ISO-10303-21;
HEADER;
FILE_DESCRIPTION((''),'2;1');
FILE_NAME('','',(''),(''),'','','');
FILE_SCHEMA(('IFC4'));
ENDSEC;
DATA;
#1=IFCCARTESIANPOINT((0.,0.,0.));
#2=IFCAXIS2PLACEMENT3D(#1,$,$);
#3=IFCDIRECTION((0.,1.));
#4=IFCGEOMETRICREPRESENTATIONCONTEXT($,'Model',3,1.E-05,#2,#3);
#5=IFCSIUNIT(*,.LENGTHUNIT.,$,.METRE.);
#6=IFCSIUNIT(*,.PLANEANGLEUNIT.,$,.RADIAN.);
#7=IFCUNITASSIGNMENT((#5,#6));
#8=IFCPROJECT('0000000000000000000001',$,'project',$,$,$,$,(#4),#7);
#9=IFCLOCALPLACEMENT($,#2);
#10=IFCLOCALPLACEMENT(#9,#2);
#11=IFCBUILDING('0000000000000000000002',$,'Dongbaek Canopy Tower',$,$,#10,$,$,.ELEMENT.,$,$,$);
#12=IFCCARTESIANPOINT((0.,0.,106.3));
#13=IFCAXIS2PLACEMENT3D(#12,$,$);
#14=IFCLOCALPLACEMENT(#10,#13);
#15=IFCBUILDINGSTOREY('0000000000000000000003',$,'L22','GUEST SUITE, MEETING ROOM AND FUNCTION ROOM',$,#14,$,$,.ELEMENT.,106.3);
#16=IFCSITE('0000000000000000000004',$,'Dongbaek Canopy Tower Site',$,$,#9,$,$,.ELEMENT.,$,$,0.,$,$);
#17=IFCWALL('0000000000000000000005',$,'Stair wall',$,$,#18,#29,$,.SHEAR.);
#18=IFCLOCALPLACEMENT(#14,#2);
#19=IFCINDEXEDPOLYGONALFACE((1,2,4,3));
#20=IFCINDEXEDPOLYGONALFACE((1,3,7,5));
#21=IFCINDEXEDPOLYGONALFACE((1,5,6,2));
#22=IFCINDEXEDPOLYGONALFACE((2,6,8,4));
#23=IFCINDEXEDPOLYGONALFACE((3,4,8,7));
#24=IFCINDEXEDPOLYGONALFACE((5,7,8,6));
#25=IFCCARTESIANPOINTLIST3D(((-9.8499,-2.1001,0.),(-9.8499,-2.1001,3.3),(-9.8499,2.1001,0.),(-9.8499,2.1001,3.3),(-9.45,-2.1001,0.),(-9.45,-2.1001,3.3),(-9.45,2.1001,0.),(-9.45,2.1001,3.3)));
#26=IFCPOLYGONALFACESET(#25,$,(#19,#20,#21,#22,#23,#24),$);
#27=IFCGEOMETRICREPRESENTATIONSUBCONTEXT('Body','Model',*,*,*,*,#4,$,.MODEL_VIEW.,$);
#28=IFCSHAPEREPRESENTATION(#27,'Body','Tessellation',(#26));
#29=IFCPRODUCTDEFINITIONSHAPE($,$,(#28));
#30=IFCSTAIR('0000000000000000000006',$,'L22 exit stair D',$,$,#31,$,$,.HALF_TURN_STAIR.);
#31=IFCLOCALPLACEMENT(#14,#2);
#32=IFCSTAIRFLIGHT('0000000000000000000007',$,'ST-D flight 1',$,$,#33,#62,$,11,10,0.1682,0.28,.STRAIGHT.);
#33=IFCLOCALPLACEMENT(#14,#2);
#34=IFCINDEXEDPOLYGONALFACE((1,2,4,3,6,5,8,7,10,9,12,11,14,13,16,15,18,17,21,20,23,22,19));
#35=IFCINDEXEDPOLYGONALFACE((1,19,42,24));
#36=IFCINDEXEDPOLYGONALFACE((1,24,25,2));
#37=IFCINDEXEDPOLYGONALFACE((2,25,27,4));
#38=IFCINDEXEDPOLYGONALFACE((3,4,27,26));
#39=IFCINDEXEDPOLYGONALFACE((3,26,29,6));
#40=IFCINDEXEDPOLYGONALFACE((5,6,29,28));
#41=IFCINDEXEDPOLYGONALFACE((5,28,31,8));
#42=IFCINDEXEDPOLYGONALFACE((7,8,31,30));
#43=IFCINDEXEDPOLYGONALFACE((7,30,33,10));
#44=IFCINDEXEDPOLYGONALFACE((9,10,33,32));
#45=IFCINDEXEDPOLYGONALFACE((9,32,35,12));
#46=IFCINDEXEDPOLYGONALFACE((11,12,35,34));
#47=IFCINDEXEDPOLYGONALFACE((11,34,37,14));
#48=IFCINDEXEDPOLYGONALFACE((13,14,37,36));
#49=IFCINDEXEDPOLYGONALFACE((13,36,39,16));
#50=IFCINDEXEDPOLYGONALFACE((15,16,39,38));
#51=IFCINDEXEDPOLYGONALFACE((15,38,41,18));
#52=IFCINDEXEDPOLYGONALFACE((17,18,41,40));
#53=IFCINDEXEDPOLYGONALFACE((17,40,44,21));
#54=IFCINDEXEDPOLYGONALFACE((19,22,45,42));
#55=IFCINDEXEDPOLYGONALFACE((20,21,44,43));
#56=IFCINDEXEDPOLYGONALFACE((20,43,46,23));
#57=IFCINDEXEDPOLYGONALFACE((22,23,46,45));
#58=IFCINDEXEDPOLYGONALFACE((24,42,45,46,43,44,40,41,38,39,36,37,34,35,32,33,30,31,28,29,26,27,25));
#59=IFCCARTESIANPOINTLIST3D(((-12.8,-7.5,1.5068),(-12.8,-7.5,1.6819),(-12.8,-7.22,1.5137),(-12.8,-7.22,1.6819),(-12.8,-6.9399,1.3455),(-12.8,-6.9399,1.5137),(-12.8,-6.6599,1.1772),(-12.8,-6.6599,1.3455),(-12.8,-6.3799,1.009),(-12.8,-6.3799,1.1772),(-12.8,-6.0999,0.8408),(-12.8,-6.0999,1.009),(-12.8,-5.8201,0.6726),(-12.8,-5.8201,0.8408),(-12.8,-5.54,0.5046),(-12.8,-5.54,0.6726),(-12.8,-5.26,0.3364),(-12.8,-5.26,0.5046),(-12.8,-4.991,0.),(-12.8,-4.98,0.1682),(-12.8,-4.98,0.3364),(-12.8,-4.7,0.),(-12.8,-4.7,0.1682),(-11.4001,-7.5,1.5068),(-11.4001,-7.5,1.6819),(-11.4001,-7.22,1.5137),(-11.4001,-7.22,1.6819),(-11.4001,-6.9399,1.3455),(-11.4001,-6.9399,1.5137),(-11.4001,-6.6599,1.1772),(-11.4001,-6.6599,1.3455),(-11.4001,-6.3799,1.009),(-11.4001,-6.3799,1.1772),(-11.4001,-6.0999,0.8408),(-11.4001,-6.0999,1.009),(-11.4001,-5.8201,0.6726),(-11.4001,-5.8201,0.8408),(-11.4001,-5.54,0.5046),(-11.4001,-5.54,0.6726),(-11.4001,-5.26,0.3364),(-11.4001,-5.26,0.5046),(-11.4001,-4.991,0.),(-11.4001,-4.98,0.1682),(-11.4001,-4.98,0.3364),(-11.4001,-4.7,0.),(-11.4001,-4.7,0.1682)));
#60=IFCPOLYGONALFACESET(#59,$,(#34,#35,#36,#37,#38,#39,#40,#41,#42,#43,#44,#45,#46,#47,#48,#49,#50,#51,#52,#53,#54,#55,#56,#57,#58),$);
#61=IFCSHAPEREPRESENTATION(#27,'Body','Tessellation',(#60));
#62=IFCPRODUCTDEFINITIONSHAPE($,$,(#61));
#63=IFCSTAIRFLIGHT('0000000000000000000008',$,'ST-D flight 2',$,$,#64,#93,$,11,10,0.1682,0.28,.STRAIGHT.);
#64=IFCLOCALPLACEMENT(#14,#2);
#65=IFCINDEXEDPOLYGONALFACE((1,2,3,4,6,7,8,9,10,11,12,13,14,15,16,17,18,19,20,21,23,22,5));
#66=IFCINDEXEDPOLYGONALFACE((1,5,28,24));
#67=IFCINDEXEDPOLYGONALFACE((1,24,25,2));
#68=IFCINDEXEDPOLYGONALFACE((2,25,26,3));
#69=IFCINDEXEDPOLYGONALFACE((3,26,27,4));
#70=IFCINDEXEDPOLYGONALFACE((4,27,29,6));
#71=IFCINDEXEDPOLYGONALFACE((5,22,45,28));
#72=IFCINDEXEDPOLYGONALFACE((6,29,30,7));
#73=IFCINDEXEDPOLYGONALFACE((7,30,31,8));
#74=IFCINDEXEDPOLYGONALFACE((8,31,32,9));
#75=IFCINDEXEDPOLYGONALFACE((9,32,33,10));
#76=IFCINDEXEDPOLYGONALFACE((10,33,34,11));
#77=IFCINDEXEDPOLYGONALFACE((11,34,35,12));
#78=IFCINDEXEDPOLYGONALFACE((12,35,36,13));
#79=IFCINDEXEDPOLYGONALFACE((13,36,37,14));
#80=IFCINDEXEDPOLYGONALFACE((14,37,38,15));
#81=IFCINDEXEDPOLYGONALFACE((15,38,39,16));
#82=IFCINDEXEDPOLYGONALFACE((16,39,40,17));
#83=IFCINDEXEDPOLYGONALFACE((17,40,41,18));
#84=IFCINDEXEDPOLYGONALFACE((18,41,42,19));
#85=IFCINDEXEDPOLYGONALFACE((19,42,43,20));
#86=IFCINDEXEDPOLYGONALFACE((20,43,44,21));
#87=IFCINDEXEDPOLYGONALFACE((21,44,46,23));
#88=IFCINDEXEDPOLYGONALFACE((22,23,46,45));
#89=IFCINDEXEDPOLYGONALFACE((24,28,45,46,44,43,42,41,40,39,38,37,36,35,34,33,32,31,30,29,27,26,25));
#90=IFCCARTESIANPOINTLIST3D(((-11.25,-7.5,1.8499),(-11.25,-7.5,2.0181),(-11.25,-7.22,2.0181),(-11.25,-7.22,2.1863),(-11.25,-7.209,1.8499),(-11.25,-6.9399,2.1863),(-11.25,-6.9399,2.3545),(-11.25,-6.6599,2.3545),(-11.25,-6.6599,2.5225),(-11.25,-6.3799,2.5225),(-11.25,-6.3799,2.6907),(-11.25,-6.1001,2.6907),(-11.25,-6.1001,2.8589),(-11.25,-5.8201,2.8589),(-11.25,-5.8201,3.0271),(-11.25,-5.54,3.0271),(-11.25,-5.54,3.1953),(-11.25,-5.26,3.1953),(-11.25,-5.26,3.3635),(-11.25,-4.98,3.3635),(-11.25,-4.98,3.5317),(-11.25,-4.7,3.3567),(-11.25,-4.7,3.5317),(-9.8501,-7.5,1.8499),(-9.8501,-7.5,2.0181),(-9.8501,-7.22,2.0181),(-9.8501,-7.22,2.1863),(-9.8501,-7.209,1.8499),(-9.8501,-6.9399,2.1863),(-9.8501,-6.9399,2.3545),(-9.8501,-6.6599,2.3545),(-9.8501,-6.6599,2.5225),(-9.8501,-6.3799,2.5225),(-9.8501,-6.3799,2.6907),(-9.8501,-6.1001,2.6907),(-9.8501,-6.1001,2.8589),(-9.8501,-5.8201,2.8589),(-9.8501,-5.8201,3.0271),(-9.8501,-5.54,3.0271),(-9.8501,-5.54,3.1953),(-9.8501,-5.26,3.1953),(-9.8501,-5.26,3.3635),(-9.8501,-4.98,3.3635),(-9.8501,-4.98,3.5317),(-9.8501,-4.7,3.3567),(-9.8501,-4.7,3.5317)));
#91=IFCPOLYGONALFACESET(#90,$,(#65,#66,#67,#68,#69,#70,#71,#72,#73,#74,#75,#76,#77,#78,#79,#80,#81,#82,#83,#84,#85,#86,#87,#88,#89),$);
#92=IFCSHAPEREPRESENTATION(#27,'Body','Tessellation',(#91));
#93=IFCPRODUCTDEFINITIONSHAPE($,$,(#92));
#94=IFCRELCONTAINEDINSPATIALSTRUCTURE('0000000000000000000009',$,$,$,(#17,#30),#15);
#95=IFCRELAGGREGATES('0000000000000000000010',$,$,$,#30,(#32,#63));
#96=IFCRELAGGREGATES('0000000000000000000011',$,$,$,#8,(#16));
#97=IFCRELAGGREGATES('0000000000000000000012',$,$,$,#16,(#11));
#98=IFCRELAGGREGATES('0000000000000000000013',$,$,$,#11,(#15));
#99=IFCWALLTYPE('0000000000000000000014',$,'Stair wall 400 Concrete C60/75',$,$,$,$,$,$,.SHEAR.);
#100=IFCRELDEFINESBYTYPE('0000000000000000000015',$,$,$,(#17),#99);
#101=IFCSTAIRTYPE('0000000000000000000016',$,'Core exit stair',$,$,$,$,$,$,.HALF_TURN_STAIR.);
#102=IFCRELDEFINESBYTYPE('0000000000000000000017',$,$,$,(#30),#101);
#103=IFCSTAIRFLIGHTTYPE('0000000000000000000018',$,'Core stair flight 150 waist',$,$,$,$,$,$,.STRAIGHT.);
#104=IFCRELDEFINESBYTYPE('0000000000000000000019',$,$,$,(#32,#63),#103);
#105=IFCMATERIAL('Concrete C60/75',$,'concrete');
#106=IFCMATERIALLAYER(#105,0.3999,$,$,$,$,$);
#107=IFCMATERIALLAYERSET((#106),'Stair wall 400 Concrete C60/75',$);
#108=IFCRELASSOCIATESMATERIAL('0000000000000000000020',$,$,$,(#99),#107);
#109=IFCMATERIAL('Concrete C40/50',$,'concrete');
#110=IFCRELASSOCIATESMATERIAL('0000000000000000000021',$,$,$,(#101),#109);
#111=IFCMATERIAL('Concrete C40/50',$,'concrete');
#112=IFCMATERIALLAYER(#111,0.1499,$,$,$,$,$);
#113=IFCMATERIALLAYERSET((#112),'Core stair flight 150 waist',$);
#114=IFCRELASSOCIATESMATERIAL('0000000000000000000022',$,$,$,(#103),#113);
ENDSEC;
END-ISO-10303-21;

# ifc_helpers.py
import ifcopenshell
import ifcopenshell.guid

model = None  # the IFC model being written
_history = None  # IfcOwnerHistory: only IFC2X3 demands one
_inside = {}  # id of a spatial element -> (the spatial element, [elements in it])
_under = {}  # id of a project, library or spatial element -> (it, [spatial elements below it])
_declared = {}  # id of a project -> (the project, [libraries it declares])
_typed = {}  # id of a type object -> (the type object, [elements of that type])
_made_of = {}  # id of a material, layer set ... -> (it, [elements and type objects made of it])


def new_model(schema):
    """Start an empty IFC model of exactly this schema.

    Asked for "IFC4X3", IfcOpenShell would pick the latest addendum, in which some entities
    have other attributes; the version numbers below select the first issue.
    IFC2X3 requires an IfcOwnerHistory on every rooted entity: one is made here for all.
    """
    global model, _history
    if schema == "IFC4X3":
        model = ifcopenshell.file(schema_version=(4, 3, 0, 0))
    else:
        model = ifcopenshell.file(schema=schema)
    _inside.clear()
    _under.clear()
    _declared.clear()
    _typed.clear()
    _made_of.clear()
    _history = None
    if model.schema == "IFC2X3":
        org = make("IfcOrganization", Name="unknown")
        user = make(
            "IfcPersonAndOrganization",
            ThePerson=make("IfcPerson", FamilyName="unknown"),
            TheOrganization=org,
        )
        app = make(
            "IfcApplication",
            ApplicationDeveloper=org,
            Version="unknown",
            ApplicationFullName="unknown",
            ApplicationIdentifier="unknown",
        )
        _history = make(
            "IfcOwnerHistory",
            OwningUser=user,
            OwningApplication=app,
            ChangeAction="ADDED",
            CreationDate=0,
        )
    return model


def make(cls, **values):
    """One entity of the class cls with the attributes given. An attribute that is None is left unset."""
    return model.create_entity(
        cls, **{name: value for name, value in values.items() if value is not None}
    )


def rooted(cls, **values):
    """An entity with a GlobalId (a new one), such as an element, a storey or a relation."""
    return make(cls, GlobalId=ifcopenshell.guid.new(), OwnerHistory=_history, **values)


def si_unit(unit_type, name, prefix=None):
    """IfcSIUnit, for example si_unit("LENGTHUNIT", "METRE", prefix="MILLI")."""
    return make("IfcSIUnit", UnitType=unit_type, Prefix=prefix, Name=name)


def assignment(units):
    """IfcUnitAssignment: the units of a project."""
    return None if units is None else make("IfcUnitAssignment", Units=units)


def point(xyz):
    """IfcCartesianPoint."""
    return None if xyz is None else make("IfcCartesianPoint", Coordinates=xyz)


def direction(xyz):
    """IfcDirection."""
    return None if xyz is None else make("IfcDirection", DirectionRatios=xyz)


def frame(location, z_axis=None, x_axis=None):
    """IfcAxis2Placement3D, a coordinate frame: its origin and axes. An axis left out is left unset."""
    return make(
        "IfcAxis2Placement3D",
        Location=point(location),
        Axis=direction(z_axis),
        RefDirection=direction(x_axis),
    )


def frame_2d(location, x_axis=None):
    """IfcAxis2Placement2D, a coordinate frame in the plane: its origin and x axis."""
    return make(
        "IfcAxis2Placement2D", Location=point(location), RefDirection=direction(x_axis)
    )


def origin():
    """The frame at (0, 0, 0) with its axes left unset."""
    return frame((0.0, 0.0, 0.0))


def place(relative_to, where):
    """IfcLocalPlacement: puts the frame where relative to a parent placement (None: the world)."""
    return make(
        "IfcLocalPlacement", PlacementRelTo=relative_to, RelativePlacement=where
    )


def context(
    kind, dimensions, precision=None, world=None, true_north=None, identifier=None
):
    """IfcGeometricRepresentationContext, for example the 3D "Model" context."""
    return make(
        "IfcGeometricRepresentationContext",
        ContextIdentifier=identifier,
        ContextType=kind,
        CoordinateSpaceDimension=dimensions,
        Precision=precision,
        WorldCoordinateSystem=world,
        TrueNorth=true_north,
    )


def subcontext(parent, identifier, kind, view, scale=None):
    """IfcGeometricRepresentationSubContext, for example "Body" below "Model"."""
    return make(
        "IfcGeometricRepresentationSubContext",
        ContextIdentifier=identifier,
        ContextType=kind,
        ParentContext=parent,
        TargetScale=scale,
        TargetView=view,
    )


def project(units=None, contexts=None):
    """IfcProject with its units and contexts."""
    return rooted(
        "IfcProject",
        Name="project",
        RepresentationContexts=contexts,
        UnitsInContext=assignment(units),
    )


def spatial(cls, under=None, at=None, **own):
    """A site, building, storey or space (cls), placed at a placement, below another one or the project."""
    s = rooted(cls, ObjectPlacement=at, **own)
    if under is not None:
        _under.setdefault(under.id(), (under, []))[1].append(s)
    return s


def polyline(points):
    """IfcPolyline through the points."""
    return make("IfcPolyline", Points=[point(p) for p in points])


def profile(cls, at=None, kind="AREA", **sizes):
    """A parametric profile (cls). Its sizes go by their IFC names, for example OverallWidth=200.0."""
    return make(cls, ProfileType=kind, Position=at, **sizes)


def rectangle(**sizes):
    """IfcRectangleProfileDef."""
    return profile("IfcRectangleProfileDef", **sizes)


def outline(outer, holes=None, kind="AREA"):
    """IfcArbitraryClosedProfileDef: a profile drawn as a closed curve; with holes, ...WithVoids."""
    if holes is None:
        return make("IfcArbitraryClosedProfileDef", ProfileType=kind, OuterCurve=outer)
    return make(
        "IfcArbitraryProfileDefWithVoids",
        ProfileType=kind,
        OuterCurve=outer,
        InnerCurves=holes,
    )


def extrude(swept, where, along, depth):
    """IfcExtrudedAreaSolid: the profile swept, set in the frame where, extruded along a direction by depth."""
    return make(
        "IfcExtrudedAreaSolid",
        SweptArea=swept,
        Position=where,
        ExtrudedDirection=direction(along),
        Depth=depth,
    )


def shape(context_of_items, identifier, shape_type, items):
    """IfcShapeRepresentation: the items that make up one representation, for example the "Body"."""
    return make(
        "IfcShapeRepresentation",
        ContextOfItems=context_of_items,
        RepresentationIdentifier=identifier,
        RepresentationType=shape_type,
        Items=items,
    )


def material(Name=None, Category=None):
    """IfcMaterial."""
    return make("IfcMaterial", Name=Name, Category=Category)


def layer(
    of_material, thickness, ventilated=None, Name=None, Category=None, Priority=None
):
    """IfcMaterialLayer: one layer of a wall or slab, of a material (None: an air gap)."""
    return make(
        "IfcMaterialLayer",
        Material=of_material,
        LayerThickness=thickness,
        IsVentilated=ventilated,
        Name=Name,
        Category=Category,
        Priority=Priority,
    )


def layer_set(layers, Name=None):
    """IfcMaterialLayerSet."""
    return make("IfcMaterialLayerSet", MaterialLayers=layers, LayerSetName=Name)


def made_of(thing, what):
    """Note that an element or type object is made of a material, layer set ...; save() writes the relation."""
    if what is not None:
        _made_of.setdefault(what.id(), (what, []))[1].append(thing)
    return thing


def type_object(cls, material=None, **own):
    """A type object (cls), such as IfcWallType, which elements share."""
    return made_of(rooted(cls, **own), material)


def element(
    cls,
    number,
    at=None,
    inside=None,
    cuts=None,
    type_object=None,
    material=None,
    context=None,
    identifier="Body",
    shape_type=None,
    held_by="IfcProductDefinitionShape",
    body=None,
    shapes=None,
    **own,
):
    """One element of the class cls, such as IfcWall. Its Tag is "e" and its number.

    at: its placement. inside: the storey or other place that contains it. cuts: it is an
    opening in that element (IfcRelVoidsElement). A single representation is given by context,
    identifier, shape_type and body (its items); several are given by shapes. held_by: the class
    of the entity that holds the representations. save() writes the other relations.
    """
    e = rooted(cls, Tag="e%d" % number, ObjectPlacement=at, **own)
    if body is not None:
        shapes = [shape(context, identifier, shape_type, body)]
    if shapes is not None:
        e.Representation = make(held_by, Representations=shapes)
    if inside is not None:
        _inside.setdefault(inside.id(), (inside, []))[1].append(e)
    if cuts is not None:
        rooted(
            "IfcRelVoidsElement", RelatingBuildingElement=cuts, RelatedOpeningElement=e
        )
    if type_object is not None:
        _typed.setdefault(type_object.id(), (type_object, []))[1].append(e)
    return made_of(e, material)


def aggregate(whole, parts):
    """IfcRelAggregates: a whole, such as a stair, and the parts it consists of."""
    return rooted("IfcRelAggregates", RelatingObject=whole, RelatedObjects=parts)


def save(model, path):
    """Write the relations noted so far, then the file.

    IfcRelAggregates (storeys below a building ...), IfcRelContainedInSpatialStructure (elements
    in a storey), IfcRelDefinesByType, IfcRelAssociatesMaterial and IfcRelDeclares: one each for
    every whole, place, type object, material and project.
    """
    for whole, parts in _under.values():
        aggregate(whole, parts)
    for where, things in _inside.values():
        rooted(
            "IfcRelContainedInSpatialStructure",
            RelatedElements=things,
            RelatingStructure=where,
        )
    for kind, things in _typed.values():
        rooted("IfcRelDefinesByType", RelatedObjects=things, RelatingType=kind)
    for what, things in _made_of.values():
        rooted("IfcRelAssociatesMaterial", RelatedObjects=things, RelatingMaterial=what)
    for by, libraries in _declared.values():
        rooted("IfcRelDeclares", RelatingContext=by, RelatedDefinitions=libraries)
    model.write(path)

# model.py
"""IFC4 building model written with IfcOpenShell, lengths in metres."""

from ifc_helpers import new_model, si_unit, direction, frame, frame_2d, origin, place, context, subcontext, project, spatial, polyline, rectangle, outline, extrude, material, layer, layer_set, type_object, element, aggregate, save


model = new_model("IFC4")

# Units and contexts
model_context = context("Model", 3, precision=1e-05, world=origin(), true_north=direction((0.0, 1.0)))
body_context = subcontext(model_context, "Body", "Model", "MODEL_VIEW")
ifc_project = project(units=[si_unit("LENGTHUNIT", "METRE"), si_unit("PLANEANGLEUNIT", "RADIAN")], contexts=[model_context])

# Site, building, storey
site_placement = place(None, origin())
site = spatial("IfcSite", under=ifc_project, at=site_placement, Name="Dongbaek Canopy Tower Site", CompositionType="ELEMENT", RefElevation=0.0)
building_placement = place(site_placement, origin())
building = spatial("IfcBuilding", under=site, at=building_placement, Name="Dongbaek Canopy Tower", CompositionType="ELEMENT")
storey_placement = place(building_placement, frame((0.0, 0.0, 106.3)))
storey = spatial("IfcBuildingStorey", under=building, at=storey_placement, Name="L22", Description="GUEST SUITE, MEETING ROOM AND FUNCTION ROOM", CompositionType="ELEMENT", Elevation=106.3)

# Shared definitions
ifc_material_1 = material(Name="Concrete C60/75", Category="concrete")
ifc_layer_1 = layer(ifc_material_1, 0.3999)
ifc_layer_set_1 = layer_set([ifc_layer_1], Name="Stair wall 400 Concrete C60/75")
wall_type_1 = type_object("IfcWallType", Name="Stair wall 400 Concrete C60/75", PredefinedType="SHEAR", material=ifc_layer_set_1)

# Wall
wall_1_placement = place(storey_placement, frame((-9.6499, -2.1001, 0.0), z_axis=(0.0, 0.0, 1.0), x_axis=(0.0, 1.0, 0.0)))
element("IfcWall", 1, at=wall_1_placement, inside=storey, type_object=wall_type_1, Name="Stair wall", PredefinedType="SHEAR", context=body_context, shape_type="SweptSolid", body=[
    extrude(rectangle(XDim=4.2002, YDim=0.3999, at=frame_2d((2.1001, 0.0))), origin(), (0.0, 0.0, 1.0), 3.3),
])

# Stair, stair flights
ifc_material_2 = material(Name="Concrete C40/50", Category="concrete")
stair_type = type_object("IfcStairType", Name="Core exit stair", PredefinedType="HALF_TURN_STAIR", material=ifc_material_2)
stair_placement = place(storey_placement, origin())
stair = element("IfcStair", 2, at=stair_placement, inside=storey, type_object=stair_type, Name="L22 exit stair D", PredefinedType="HALF_TURN_STAIR")
ifc_material_3 = material(Name="Concrete C40/50", Category="concrete")
ifc_layer_2 = layer(ifc_material_3, 0.1499)
ifc_layer_set_2 = layer_set([ifc_layer_2], Name="Core stair flight 150 waist")
stair_flight_type = type_object("IfcStairFlightType", Name="Core stair flight 150 waist", PredefinedType="STRAIGHT", material=ifc_layer_set_2)
stair_flight_1_placement = place(storey_placement, frame((-12.1001, -4.7, 0.0), z_axis=(0.0, 0.0, 1.0), x_axis=(0.0, -1.0, 0.0)))
stair_flight_1 = element("IfcStairFlight", 3, at=stair_flight_1_placement, type_object=stair_flight_type, Name="ST-D flight 1", NumberOfRisers=11, NumberOfTreads=10, PredefinedType="STRAIGHT", RiserHeight=0.1682, TreadLength=0.28, context=body_context, shape_type="SweptSolid", body=[
    extrude(outline(polyline([(0.0, 0.0), (0.0, 0.1682), (0.28, 0.1682), (0.28, 0.3364), (0.5601, 0.3364), (0.5601, 0.5046), (0.8401, 0.5046), (0.8401, 0.6726), (1.1201, 0.6726), (1.1201, 0.8408), (1.3999, 0.8408), (1.3999, 1.009), (1.6799, 1.009), (1.6799, 1.1772), (1.96, 1.1772), (1.96, 1.3455), (2.24, 1.3455), (2.24, 1.5137), (2.52, 1.5137), (2.52, 1.6819), (2.8, 1.6819), (2.8, 1.8501), (2.8, 1.5068), (0.291, 0.0), (0.0, 0.0)])), frame((0.0, 0.7, 0.0), z_axis=(0.0, -1.0, 0.0), x_axis=(1.0, 0.0, 0.0)), (0.0, 0.0, 1.0), 1.3999),
])
stair_flight_2_placement = place(storey_placement, frame((-10.55, -7.5, 1.8499), z_axis=(0.0, 0.0, 1.0), x_axis=(0.0, 1.0, 0.0)))
stair_flight_2 = element("IfcStairFlight", 4, at=stair_flight_2_placement, type_object=stair_flight_type, Name="ST-D flight 2", NumberOfRisers=11, NumberOfTreads=10, PredefinedType="STRAIGHT", RiserHeight=0.1682, TreadLength=0.28, context=body_context, shape_type="SweptSolid", body=[
    extrude(outline(polyline([(0.0, 0.0), (0.0, 0.1682), (0.28, 0.1682), (0.28, 0.3364), (0.5601, 0.3364), (0.5601, 0.5046), (0.8401, 0.5046), (0.8401, 0.6726), (1.1201, 0.6726), (1.1201, 0.8408), (1.3999, 0.8408), (1.3999, 1.009), (1.6799, 1.009), (1.6799, 1.1772), (1.96, 1.1772), (1.96, 1.3455), (2.24, 1.3455), (2.24, 1.5137), (2.52, 1.5137), (2.52, 1.6819), (2.8, 1.6819), (2.8, 1.8501), (2.8, 1.5068), (0.291, 0.0), (0.0, 0.0)])), frame((0.0, 0.7, 0.0), z_axis=(0.0, -1.0, 0.0), x_axis=(1.0, 0.0, 0.0)), (0.0, 0.0, 1.0), 1.3999),
])
aggregate(stair, [stair_flight_1, stair_flight_2])

save(model, "model.ifc")
